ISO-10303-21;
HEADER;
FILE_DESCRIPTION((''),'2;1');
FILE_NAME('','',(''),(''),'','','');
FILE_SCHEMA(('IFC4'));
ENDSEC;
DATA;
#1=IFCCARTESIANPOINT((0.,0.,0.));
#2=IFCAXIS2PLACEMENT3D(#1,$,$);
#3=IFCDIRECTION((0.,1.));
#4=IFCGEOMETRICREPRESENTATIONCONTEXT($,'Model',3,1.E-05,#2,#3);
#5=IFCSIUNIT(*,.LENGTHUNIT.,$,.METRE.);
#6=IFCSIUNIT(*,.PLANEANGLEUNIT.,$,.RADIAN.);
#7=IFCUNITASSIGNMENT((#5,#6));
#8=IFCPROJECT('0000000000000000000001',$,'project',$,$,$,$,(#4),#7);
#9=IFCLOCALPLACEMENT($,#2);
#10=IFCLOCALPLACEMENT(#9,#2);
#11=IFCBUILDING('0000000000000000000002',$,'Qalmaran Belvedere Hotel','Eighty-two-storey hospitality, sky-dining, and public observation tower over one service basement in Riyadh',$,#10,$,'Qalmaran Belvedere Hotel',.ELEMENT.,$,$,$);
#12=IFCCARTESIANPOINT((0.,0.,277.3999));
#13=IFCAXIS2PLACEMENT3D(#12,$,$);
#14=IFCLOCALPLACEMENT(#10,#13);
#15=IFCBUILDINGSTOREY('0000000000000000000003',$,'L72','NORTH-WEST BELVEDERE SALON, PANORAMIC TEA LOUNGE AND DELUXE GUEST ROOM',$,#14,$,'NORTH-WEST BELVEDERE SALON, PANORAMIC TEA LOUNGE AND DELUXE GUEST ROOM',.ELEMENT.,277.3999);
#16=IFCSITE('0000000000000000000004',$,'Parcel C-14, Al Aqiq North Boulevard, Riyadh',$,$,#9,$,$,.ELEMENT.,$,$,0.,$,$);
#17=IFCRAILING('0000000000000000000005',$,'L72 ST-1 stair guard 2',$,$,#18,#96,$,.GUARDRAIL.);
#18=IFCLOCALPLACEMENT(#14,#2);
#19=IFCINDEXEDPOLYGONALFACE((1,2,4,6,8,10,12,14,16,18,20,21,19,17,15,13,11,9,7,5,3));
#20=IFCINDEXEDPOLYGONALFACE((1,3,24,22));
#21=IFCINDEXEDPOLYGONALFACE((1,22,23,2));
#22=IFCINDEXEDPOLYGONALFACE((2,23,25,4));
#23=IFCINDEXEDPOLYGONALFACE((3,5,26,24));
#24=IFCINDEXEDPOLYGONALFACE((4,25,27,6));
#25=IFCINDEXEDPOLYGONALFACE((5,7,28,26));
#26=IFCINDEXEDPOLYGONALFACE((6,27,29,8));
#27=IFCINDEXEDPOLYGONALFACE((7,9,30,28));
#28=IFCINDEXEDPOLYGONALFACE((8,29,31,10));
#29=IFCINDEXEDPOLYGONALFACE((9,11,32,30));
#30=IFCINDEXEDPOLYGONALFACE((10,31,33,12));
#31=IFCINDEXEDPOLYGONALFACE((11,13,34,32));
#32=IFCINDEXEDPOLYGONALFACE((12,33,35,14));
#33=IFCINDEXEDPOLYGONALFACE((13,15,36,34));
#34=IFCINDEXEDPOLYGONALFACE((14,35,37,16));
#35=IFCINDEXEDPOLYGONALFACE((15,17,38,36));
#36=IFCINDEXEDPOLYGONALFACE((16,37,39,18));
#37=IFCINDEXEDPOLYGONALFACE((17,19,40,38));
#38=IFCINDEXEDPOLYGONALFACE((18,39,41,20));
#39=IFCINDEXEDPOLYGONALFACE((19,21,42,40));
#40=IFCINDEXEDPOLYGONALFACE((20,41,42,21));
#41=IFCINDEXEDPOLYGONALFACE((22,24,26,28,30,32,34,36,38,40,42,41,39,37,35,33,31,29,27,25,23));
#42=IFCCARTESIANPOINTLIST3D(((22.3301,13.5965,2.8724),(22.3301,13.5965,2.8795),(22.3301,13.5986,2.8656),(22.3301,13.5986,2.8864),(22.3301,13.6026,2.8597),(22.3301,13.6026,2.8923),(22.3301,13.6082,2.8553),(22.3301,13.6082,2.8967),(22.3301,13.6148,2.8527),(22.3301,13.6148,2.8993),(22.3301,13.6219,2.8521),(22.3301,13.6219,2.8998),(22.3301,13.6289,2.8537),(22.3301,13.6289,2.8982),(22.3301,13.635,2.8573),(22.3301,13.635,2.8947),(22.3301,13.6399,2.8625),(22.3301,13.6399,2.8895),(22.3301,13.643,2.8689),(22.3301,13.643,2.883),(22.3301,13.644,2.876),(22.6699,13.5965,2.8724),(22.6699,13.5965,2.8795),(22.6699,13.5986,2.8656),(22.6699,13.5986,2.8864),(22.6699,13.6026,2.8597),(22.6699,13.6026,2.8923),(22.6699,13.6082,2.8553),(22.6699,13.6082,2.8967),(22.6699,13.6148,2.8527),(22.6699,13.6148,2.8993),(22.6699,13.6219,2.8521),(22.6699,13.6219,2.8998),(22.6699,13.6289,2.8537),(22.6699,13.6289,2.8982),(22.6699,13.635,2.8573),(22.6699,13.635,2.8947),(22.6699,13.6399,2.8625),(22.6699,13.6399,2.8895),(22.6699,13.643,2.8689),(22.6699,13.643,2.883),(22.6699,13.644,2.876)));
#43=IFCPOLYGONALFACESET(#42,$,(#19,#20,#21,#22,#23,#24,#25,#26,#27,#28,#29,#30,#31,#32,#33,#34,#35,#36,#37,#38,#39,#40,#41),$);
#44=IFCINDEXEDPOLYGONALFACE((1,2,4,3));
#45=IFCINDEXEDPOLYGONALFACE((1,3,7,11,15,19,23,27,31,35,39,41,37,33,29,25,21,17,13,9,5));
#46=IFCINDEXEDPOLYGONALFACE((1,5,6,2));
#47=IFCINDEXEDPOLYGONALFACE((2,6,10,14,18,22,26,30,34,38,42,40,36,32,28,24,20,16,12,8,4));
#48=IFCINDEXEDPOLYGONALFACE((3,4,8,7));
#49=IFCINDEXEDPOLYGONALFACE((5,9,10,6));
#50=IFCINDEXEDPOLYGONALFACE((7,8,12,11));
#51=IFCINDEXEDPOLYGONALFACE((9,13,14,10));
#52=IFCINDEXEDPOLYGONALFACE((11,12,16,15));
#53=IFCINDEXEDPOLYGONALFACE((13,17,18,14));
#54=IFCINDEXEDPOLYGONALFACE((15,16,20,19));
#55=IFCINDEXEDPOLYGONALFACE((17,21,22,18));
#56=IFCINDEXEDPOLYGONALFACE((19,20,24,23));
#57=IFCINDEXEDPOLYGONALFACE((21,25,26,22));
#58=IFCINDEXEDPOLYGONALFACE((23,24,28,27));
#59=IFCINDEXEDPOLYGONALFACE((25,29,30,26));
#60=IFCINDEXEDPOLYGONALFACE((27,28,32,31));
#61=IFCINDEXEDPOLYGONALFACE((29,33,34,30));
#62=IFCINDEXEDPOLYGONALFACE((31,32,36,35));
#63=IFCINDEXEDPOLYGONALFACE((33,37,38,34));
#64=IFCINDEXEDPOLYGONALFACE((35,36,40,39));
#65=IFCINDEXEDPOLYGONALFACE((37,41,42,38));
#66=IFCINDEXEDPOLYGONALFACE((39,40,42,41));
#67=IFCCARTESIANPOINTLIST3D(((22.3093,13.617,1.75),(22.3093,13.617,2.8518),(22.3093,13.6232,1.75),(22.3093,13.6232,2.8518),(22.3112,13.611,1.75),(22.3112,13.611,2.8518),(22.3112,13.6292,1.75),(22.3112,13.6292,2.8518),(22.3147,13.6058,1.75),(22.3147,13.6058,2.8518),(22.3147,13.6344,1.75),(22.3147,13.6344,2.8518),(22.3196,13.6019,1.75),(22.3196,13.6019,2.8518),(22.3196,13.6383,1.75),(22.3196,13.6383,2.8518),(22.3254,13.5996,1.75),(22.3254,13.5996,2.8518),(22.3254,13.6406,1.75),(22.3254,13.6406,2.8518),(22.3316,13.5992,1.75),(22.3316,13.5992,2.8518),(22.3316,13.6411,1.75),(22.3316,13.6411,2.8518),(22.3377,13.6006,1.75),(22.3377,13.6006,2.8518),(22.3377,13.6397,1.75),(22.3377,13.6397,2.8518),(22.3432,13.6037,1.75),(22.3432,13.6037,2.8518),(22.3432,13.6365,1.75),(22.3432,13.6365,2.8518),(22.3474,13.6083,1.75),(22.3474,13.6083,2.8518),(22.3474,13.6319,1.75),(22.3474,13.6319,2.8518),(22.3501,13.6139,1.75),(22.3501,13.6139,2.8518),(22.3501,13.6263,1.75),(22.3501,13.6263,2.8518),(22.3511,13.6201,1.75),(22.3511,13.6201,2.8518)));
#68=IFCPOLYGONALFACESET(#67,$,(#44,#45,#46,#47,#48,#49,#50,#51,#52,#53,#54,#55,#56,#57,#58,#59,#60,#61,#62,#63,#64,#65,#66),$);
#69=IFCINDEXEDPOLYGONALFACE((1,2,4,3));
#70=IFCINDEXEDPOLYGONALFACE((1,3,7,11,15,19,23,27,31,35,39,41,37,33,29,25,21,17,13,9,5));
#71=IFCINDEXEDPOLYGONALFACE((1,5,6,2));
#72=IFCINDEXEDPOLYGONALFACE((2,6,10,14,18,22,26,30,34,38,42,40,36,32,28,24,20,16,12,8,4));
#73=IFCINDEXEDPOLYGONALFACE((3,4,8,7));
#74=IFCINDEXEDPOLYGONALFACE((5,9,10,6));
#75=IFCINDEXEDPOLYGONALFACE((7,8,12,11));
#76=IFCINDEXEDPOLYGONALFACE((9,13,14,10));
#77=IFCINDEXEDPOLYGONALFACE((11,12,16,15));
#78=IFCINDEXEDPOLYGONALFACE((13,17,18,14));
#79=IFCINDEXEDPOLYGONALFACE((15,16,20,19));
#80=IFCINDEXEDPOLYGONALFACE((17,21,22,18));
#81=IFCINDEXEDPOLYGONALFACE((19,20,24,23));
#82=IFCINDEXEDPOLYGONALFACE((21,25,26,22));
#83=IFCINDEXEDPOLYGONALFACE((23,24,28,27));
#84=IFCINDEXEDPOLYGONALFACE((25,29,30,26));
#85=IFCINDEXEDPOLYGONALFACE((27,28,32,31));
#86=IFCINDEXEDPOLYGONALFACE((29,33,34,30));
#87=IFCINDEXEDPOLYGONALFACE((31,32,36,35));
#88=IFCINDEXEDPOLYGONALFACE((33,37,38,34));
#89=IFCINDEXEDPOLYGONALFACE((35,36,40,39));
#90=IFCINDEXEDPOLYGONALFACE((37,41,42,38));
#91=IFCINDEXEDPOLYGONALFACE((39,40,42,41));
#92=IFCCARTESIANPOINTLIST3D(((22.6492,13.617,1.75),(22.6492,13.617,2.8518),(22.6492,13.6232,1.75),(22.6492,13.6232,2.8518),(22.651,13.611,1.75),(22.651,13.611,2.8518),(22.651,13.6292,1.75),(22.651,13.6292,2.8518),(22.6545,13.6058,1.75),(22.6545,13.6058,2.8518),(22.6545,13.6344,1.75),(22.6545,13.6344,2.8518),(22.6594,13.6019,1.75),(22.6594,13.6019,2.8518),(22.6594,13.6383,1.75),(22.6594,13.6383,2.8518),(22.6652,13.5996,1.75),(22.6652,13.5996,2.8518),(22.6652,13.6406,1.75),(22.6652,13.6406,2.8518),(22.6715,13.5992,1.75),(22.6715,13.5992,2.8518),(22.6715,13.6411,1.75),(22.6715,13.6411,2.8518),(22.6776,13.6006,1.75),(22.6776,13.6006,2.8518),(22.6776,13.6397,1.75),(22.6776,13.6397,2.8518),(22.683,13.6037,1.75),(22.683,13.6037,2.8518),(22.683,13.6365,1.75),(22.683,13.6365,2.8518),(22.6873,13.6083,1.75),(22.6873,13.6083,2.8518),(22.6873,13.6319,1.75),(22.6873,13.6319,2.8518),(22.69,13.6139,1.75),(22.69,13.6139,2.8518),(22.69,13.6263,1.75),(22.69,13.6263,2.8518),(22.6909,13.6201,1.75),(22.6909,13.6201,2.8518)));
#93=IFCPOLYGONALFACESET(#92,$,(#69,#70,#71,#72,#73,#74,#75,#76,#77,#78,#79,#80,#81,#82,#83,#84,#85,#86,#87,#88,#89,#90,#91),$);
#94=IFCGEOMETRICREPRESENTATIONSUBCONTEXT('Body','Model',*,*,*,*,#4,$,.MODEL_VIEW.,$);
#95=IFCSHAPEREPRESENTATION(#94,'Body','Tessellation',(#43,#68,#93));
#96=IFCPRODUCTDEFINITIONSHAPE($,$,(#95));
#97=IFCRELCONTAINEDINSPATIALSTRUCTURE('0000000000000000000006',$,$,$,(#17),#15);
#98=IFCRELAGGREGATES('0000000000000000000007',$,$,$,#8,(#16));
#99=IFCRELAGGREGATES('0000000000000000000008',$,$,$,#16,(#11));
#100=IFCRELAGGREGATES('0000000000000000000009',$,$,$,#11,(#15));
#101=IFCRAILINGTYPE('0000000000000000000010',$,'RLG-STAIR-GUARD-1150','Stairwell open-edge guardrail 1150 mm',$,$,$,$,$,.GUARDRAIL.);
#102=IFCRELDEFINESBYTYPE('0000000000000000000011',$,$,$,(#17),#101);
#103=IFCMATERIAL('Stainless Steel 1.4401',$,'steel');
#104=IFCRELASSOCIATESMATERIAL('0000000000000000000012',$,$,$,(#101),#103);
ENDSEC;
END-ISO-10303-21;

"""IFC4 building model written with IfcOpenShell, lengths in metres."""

from ifc_helpers import new_model, si_unit, direction, frame, origin, origin_2d, place, context, subcontext, project, spatial, circle, extrude, material, type_object, element, save


model = new_model("IFC4")

# Units and contexts
model_context = context("Model", 3, precision=1e-05, world=origin(), true_north=direction((0.0, 1.0)))
body_context = subcontext(model_context, "Body", "Model", "MODEL_VIEW")
ifc_project = project(units=[si_unit("LENGTHUNIT", "METRE"), si_unit("PLANEANGLEUNIT", "RADIAN")], contexts=[model_context])

# Site, building, storey
site_placement = place(None, origin())
site = spatial("IfcSite", under=ifc_project, at=site_placement, Name="Parcel C-14, Al Aqiq North Boulevard, Riyadh", CompositionType="ELEMENT", RefElevation=0.0)
building_placement = place(site_placement, origin())
building = spatial("IfcBuilding", under=site, at=building_placement, Name="Qalmaran Belvedere Hotel", Description="Eighty-two-storey hospitality, sky-dining, and public observation tower over one service basement in Riyadh", LongName="Qalmaran Belvedere Hotel", CompositionType="ELEMENT")
storey_placement = place(building_placement, frame((0.0, 0.0, 277.3999)))
storey = spatial("IfcBuildingStorey", under=building, at=storey_placement, Name="L72", Description="NORTH-WEST BELVEDERE SALON, PANORAMIC TEA LOUNGE AND DELUXE GUEST ROOM", LongName="NORTH-WEST BELVEDERE SALON, PANORAMIC TEA LOUNGE AND DELUXE GUEST ROOM", CompositionType="ELEMENT", Elevation=277.3999)

# Railing
ifc_material_1 = material(Name="Stainless Steel 1.4401", Category="steel")
railing_type_1 = type_object("IfcRailingType", Name="RLG-STAIR-GUARD-1150", Description="Stairwell open-edge guardrail 1150 mm", PredefinedType="GUARDRAIL", material=ifc_material_1)
railing_1_placement = place(storey_placement, frame((22.3301, 13.6201, 1.75)))
element("IfcRailing", 1, at=railing_1_placement, inside=storey, type_object=railing_type_1, Name="L72 ST-1 stair guard 2", PredefinedType="GUARDRAIL", context=body_context, shape_type="SweptSolid", body=[
    extrude(circle(Radius=0.0239, at=origin_2d()), frame((0.0, 0.0, 1.126), z_axis=(1.0, 0.0, 0.0), x_axis=(0.0, 1.0, 0.0)), (0.0, 0.0, 1.0), 0.3398),
    extrude(circle(Radius=0.021, at=origin_2d()), origin(), (0.0, 0.0, 1.0), 1.1018),
    extrude(circle(Radius=0.021, at=origin_2d()), frame((0.3398, 0.0, 0.0)), (0.0, 0.0, 1.0), 1.1018),
])

save(model, "model.ifc")
